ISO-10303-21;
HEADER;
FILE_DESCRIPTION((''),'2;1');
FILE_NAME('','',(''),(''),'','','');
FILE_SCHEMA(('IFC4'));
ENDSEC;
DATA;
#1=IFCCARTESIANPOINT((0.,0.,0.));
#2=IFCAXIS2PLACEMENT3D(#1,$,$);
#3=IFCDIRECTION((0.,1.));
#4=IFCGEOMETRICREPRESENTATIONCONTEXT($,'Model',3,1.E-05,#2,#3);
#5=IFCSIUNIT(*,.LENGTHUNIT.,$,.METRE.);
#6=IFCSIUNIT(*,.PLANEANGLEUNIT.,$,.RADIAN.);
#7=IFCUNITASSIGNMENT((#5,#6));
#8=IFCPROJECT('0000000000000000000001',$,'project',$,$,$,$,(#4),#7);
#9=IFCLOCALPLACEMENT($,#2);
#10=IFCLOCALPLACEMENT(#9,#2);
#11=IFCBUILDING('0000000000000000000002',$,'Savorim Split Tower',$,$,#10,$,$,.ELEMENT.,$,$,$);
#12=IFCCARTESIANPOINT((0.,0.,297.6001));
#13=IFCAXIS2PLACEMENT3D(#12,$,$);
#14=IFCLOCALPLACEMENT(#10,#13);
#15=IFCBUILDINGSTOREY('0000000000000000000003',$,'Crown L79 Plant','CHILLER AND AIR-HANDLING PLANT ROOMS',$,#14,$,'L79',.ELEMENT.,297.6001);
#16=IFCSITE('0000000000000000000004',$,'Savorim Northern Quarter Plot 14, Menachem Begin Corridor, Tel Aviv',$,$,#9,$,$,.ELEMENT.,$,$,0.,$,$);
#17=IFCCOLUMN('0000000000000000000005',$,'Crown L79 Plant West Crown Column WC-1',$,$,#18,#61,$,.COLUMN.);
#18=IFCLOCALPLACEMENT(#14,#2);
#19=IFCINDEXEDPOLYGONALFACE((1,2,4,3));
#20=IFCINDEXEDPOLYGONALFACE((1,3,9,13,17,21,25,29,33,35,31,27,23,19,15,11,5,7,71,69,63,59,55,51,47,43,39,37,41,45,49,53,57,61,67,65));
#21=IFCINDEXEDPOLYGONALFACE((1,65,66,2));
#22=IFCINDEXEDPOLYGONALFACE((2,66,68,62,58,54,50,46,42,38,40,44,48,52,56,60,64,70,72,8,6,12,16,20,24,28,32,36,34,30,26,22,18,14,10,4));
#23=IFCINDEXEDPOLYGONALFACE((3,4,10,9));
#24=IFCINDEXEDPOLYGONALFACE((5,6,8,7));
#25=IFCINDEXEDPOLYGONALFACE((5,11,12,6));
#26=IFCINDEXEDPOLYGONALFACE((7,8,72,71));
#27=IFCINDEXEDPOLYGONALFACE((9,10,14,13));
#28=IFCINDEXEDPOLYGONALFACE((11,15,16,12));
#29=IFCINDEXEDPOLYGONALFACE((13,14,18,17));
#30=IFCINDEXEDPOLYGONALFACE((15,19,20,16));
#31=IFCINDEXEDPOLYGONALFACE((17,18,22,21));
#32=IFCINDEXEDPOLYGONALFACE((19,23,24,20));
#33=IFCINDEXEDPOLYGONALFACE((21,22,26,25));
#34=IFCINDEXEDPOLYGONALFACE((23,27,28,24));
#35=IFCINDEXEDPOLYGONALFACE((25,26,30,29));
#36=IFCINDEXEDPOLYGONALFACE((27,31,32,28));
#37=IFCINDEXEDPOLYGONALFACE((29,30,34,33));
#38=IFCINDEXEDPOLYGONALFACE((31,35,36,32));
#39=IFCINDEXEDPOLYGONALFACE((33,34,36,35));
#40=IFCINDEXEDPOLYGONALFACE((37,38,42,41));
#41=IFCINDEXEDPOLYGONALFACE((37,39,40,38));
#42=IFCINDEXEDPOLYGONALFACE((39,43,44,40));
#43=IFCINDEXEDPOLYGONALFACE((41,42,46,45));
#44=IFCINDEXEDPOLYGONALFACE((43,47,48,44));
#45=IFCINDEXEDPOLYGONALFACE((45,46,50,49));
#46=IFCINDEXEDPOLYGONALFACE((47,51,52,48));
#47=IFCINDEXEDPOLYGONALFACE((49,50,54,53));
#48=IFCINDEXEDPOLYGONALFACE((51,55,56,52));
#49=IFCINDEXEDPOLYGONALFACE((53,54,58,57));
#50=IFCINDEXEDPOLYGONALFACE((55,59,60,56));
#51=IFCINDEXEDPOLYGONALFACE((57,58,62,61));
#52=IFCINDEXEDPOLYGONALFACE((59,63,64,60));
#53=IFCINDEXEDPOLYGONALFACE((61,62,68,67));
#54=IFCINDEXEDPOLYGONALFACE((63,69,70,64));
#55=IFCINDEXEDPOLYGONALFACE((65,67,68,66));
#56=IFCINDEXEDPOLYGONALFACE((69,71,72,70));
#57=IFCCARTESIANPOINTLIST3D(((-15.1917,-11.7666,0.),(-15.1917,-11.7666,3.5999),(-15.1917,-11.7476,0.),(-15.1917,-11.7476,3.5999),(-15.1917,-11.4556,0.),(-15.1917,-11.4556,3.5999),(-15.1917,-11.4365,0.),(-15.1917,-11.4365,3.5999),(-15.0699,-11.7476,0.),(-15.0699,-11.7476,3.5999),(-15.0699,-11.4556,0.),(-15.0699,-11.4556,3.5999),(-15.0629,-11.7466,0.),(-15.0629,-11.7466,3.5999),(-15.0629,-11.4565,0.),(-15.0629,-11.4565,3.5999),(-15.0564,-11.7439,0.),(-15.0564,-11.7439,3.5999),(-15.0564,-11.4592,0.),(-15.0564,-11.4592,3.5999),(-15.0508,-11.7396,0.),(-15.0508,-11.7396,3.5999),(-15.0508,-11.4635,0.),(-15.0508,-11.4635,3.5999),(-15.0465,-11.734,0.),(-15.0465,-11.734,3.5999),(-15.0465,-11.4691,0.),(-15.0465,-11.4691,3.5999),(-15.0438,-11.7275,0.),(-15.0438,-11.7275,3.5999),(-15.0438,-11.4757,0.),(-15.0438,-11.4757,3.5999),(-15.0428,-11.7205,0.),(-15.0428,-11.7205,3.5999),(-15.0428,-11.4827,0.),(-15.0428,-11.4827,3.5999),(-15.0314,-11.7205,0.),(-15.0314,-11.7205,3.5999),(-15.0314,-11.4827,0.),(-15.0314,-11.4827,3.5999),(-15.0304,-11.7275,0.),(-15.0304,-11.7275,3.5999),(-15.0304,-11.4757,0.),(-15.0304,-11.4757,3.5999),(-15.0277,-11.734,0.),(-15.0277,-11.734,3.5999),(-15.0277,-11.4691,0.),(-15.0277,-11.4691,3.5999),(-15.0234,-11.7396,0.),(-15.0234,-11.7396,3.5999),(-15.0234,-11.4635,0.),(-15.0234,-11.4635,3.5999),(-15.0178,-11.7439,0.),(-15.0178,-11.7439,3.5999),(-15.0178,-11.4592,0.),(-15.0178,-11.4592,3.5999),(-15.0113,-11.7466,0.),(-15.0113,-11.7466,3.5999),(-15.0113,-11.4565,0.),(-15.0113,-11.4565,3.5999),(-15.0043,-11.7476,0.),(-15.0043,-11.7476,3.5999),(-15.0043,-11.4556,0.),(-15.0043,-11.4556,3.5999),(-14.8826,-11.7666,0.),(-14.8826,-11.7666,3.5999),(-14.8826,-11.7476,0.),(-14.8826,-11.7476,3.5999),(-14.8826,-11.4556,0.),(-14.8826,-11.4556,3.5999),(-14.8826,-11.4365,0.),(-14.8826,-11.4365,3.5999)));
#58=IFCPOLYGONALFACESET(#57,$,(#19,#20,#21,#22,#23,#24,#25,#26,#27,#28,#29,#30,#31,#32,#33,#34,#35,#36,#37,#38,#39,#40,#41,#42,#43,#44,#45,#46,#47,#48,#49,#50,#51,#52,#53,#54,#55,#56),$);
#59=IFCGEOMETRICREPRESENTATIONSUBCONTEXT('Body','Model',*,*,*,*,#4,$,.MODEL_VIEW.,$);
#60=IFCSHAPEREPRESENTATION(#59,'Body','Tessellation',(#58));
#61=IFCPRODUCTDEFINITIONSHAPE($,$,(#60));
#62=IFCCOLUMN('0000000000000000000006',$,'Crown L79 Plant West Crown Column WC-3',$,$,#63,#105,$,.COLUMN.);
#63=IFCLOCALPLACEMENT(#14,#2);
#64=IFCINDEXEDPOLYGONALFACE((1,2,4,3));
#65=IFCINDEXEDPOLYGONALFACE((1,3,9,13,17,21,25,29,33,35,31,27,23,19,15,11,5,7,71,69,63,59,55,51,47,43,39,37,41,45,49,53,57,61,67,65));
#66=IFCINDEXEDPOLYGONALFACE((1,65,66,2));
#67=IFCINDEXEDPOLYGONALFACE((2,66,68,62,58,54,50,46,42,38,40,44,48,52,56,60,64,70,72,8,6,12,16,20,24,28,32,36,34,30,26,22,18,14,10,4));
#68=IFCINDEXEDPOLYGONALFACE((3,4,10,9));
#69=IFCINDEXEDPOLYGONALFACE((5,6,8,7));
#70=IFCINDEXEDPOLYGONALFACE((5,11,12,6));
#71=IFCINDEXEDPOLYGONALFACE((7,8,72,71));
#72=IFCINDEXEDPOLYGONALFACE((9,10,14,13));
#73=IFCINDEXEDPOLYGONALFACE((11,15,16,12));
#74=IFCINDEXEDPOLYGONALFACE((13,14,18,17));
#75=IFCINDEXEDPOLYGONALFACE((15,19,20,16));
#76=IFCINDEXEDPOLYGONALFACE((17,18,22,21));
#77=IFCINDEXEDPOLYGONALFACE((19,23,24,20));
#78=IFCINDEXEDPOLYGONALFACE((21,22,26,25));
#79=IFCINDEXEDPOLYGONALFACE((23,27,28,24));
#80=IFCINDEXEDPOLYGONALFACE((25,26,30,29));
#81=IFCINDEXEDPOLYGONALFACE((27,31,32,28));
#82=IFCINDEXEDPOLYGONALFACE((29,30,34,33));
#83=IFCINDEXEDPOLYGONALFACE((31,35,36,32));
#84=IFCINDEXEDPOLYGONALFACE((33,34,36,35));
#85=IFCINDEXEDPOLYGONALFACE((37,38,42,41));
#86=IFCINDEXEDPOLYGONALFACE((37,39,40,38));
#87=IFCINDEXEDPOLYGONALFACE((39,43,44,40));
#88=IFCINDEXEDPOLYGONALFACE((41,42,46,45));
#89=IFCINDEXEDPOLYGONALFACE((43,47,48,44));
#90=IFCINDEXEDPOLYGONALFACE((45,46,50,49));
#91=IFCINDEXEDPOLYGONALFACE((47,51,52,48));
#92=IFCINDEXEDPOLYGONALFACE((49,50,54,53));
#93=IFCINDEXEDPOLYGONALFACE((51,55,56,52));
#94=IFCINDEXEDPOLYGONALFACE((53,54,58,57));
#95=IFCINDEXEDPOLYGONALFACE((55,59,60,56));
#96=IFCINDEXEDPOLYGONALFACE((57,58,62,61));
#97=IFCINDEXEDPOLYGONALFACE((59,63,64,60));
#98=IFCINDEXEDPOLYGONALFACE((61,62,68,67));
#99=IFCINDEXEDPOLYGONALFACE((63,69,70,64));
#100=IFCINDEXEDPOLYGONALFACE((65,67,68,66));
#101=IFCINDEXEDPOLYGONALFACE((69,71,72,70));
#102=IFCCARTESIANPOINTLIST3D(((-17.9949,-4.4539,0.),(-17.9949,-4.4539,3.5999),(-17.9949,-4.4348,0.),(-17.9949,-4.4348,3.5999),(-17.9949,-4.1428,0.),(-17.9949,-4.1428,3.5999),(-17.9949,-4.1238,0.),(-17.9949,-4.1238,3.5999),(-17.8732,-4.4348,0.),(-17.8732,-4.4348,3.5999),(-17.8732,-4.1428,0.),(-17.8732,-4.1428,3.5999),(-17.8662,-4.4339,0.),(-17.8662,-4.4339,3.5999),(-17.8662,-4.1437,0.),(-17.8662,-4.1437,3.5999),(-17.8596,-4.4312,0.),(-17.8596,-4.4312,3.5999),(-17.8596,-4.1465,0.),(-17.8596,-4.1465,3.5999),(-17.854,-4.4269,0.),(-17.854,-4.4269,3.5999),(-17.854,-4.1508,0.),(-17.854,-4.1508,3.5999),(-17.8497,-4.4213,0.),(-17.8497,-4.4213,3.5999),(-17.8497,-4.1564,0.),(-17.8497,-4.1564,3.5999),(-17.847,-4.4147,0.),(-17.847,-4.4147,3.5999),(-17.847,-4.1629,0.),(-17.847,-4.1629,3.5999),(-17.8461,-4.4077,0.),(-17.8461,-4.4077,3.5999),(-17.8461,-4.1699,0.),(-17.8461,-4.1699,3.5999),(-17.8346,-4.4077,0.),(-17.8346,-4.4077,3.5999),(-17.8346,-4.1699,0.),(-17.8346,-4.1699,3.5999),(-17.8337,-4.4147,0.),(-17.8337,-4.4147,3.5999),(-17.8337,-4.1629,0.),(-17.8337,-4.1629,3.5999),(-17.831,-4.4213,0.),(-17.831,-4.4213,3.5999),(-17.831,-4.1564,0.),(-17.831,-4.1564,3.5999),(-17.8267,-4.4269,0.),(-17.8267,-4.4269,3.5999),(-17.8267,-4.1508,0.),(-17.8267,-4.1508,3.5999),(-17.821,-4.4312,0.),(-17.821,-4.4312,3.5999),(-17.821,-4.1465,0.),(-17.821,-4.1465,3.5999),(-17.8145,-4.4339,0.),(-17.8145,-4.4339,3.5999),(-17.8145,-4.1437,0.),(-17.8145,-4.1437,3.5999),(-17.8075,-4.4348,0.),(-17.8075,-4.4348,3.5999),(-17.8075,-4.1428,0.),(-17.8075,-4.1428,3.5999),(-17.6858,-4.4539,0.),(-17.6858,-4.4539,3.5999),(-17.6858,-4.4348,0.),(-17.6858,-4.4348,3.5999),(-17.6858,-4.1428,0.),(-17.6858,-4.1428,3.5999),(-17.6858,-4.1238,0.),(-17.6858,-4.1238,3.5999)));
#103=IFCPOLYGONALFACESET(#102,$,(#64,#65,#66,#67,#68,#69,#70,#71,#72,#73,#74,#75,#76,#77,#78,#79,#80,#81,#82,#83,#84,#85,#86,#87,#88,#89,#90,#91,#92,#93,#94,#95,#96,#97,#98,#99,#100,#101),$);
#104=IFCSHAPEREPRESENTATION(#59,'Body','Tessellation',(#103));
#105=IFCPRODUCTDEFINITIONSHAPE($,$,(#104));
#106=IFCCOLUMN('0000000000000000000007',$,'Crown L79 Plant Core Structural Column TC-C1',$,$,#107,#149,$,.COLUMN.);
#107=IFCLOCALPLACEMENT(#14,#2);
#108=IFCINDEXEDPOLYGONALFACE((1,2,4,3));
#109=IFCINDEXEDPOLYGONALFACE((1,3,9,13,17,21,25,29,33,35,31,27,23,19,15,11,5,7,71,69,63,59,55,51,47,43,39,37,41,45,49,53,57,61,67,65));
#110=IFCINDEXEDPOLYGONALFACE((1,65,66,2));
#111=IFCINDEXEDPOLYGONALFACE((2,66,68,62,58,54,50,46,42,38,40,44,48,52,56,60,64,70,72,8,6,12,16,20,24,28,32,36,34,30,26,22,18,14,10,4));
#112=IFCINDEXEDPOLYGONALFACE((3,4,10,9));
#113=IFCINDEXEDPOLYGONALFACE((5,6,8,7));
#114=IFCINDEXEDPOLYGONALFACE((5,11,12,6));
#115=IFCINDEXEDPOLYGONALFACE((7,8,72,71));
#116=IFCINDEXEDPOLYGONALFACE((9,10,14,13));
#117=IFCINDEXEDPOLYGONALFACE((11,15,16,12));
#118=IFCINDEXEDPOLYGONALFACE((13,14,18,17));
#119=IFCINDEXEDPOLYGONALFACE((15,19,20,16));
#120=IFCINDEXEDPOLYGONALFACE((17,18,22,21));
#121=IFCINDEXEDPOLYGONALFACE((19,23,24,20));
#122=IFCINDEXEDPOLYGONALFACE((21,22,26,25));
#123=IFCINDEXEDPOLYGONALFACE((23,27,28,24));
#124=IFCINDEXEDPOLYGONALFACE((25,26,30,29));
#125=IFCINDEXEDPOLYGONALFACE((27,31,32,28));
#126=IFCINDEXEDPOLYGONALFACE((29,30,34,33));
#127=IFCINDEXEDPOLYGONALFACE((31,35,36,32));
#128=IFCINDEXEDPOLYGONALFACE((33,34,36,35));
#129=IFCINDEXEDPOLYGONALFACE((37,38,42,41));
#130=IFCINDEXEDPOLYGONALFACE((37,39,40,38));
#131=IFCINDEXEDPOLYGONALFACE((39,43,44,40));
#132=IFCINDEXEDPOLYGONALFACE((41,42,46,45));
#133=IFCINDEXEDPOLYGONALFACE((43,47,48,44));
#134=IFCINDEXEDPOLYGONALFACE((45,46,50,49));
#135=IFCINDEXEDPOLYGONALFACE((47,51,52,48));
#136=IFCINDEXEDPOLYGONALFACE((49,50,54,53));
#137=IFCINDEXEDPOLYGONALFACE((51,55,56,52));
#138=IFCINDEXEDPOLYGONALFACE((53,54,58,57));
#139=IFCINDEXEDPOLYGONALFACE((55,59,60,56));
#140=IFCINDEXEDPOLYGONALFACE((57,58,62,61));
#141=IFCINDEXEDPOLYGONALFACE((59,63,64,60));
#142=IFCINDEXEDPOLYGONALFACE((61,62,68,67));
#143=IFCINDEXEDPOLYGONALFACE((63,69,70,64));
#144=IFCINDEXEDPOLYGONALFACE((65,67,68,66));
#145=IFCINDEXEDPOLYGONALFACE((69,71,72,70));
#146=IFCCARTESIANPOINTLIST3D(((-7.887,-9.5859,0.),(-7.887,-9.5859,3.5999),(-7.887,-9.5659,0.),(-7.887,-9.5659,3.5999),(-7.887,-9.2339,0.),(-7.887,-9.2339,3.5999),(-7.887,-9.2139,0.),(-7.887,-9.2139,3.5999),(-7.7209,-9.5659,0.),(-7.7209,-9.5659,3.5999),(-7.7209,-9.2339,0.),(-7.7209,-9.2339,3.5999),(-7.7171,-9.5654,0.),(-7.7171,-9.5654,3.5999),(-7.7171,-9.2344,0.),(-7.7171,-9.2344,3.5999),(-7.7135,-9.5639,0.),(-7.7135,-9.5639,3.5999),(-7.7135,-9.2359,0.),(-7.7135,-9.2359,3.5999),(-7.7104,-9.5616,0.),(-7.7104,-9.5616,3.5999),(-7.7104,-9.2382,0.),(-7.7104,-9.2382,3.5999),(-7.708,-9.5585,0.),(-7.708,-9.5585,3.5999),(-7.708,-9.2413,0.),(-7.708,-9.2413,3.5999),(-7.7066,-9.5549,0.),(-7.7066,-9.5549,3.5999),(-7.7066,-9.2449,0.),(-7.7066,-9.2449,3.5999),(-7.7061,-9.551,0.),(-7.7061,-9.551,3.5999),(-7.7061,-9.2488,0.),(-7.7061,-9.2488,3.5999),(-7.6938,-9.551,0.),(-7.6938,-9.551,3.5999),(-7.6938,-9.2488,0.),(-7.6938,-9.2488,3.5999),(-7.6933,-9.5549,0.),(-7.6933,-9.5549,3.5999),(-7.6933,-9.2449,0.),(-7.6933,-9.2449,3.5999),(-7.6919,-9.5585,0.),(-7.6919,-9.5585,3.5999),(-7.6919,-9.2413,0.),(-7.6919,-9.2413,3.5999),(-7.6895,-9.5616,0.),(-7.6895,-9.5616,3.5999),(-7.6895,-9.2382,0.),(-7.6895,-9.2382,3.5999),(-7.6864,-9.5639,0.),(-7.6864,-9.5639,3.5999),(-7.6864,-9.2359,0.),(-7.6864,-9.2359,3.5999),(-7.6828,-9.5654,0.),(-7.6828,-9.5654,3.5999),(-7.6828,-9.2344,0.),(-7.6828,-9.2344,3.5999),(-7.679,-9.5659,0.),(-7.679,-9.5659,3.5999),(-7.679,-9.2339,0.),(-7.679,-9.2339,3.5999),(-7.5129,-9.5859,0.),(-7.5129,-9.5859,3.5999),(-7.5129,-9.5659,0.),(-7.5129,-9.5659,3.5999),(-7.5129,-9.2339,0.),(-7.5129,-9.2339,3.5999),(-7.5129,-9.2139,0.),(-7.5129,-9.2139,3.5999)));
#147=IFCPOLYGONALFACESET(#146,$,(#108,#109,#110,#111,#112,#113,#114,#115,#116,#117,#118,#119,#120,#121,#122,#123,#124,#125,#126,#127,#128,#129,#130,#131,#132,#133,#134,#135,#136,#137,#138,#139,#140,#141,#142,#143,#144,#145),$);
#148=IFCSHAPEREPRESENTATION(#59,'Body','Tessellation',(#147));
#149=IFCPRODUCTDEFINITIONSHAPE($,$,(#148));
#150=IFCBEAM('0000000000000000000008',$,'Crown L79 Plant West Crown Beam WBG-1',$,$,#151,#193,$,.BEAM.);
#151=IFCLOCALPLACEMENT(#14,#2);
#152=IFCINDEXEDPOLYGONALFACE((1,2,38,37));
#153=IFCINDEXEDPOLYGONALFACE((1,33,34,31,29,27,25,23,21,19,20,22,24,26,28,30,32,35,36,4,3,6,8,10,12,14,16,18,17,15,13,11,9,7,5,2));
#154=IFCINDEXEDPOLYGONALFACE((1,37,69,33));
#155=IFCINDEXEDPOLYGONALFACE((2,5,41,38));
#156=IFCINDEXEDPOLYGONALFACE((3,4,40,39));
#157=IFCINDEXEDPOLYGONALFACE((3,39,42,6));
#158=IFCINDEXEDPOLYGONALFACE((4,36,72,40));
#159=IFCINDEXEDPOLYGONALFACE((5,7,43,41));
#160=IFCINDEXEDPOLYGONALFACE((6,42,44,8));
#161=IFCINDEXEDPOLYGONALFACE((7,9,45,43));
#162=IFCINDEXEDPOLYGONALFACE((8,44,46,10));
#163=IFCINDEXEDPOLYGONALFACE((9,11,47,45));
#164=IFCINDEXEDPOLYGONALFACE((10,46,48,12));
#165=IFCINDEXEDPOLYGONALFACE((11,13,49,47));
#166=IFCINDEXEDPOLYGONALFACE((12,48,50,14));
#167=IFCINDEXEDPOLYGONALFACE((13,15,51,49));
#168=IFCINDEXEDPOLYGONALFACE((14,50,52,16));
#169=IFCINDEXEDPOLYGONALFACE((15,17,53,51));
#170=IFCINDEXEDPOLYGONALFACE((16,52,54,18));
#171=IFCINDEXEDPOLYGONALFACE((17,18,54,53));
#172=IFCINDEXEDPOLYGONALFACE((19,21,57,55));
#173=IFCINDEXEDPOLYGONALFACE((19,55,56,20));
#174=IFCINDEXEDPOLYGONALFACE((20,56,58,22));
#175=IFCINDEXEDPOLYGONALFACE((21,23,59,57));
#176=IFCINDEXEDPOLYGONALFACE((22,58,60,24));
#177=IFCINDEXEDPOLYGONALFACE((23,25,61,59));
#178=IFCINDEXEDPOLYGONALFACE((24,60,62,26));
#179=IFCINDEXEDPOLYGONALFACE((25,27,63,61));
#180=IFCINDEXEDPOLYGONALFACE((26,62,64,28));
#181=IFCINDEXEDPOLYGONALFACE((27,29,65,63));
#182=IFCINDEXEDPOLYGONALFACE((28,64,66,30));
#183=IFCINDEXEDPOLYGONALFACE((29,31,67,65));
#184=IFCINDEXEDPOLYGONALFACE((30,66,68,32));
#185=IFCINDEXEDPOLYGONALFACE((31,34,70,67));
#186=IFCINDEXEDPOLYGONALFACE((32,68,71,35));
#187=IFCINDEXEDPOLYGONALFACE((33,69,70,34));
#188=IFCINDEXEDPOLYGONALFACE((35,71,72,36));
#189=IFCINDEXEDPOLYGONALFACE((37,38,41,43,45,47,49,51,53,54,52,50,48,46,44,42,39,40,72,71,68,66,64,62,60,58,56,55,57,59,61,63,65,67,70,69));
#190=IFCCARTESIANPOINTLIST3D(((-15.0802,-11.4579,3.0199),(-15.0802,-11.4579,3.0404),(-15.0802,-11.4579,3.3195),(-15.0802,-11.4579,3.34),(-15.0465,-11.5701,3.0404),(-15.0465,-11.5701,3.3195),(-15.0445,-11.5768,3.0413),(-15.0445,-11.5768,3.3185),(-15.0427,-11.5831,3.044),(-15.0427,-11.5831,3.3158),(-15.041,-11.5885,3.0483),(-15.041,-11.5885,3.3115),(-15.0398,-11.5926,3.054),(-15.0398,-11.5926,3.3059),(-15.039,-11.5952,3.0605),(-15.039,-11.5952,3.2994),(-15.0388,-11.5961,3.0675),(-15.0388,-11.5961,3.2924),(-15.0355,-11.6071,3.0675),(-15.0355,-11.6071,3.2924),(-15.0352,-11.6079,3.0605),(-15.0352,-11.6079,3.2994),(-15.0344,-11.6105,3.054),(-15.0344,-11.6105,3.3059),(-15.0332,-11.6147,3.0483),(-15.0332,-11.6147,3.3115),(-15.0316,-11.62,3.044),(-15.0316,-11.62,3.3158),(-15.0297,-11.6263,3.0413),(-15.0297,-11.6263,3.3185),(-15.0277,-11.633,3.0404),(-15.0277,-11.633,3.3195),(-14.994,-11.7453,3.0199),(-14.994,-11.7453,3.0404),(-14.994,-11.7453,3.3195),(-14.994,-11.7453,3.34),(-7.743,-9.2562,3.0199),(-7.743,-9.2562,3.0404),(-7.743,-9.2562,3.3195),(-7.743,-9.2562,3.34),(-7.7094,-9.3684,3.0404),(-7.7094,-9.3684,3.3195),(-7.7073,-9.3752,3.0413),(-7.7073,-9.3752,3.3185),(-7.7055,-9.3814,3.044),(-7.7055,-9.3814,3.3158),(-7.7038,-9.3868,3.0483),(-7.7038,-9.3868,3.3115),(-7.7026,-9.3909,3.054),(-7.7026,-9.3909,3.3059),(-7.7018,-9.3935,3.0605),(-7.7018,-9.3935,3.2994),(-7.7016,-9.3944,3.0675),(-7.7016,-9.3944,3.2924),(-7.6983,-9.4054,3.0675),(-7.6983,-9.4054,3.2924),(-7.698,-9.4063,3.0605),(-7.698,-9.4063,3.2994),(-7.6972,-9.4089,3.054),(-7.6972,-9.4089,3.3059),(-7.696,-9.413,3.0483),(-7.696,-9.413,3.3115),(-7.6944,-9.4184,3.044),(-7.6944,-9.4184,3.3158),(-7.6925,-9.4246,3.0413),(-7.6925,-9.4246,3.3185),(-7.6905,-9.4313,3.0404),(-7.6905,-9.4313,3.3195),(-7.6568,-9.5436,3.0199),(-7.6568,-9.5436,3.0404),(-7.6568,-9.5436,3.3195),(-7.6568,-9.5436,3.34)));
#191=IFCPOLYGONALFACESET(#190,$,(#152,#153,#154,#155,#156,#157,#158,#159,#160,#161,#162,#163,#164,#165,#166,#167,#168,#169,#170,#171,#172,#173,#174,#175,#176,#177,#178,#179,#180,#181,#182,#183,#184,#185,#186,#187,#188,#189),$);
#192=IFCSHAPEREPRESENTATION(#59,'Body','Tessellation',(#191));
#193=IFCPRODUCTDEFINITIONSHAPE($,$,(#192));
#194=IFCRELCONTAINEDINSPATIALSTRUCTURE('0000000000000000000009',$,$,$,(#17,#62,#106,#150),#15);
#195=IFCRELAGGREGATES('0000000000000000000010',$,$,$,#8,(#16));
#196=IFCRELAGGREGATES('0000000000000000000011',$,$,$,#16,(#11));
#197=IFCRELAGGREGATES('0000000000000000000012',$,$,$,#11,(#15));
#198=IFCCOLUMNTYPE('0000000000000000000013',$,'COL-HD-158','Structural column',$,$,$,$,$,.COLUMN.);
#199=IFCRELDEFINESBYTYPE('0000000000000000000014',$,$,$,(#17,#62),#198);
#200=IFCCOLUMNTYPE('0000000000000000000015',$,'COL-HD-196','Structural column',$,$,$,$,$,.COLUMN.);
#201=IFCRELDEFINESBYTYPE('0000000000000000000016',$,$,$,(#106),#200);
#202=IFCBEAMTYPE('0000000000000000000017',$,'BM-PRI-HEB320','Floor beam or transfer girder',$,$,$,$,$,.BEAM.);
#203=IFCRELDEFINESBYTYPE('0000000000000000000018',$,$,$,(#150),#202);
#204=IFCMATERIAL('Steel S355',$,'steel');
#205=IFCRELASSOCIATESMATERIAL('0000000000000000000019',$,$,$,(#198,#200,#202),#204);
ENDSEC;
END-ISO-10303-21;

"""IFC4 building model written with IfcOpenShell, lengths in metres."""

from ifc_helpers import new_model, si_unit, direction, frame, origin, origin_2d, place, context, subcontext, project, spatial, i_section, extrude, material, material_profile, profile_set, type_object, element, save


model = new_model("IFC4")

# Units and contexts
model_context = context("Model", 3, precision=1e-05, world=origin(), true_north=direction((0.0, 1.0)))
body_context = subcontext(model_context, "Body", "Model", "MODEL_VIEW")
ifc_project = project(units=[si_unit("LENGTHUNIT", "METRE"), si_unit("PLANEANGLEUNIT", "RADIAN")], contexts=[model_context])

# Site, building, storey
site_placement = place(None, origin())
site = spatial("IfcSite", under=ifc_project, at=site_placement, Name="Savorim Northern Quarter Plot 14, Menachem Begin Corridor, Tel Aviv", CompositionType="ELEMENT", RefElevation=0.0)
building_placement = place(site_placement, origin())
building = spatial("IfcBuilding", under=site, at=building_placement, Name="Savorim Split Tower", CompositionType="ELEMENT")
storey_placement = place(building_placement, frame((0.0, 0.0, 297.6001)))
storey = spatial("IfcBuildingStorey", under=building, at=storey_placement, Name="Crown L79 Plant", Description="CHILLER AND AIR-HANDLING PLANT ROOMS", LongName="L79", CompositionType="ELEMENT", Elevation=297.6001)

# Columns
ifc_material_1 = material(Name="Steel S355", Category="steel")
ifc_material_profile_1 = material_profile(ifc_material_1, i_section(OverallWidth=0.3091, OverallDepth=0.3301, WebThickness=0.0115, FlangeThickness=0.019, FilletRadius=0.0271, at=origin_2d()), Name="HD 320x158")
ifc_profile_set_1 = profile_set([ifc_material_profile_1], Name="Steel S355")
column_type_1 = type_object("IfcColumnType", Name="COL-HD-158", Description="Structural column", PredefinedType="COLUMN", material=ifc_profile_set_1)
for number, where, z_axis, x_axis, name in (
    (1, (-15.0371, -11.6016, 0.0), (0.0, 0.0, 1.0), (1.0, 0.0, 0.0), "Crown L79 Plant West Crown Column WC-1"),
    (2, (-17.8403, -4.2888, 0.0), (0.0, 0.0, 1.0), (1.0, 0.0, 0.0), "Crown L79 Plant West Crown Column WC-3"),
):
    element("IfcColumn", number, at=place(storey_placement, frame(where, z_axis=z_axis, x_axis=x_axis)), inside=storey, type_object=column_type_1, Name=name, PredefinedType="COLUMN", context=body_context, shape_type="SweptSolid", body=[
        extrude(i_section(OverallWidth=0.3091, OverallDepth=0.3301, WebThickness=0.0115, FlangeThickness=0.019, FilletRadius=0.0271, at=origin_2d()), origin(), (0.0, 0.0, 1.0), 3.5999),
    ])
ifc_material_profile_2 = material_profile(ifc_material_1, i_section(OverallWidth=0.374, OverallDepth=0.3721, WebThickness=0.0122, FlangeThickness=0.02, FilletRadius=0.0149, at=origin_2d()), Name="HD 360x196")
ifc_profile_set_2 = profile_set([ifc_material_profile_2], Name="Steel S355")
column_type_2 = type_object("IfcColumnType", Name="COL-HD-196", Description="Structural column", PredefinedType="COLUMN", material=ifc_profile_set_2)
column_placement = place(storey_placement, frame((-7.7, -9.3999, 0.0), z_axis=(0.0, 0.0, 1.0), x_axis=(1.0, 0.0, 0.0)))
element("IfcColumn", 3, at=column_placement, inside=storey, type_object=column_type_2, Name="Crown L79 Plant Core Structural Column TC-C1", PredefinedType="COLUMN", context=body_context, shape_type="SweptSolid", body=[
    extrude(i_section(OverallWidth=0.374, OverallDepth=0.3721, WebThickness=0.0122, FlangeThickness=0.02, FilletRadius=0.0149, at=origin_2d()), origin(), (0.0, 0.0, 1.0), 3.5999),
])

# Beam
ifc_material_profile_3 = material_profile(ifc_material_1, i_section(OverallWidth=0.3, OverallDepth=0.3201, WebThickness=0.0115, FlangeThickness=0.0205, FilletRadius=0.0271, at=origin_2d()), Name="HEB 320")
ifc_profile_set_3 = profile_set([ifc_material_profile_3], Name="Steel S355")
beam_type = type_object("IfcBeamType", Name="BM-PRI-HEB320", Description="Floor beam or transfer girder", PredefinedType="BEAM", material=ifc_profile_set_3)
beam_1_placement = place(storey_placement, frame((-15.0371, -11.6016, 3.1799), z_axis=(0.957808, 0.287409, 0.0), x_axis=(-0.287409, 0.957808, 0.0)))
element("IfcBeam", 4, at=beam_1_placement, inside=storey, type_object=beam_type, Name="Crown L79 Plant West Crown Beam WBG-1", PredefinedType="BEAM", context=body_context, shape_type="SweptSolid", body=[
    extrude(i_section(OverallWidth=0.3, OverallDepth=0.3201, WebThickness=0.0115, FlangeThickness=0.0205, FilletRadius=0.0271, at=origin_2d()), origin(), (0.0, 0.0, 1.0), 7.6604),
])

save(model, "model.ifc")
